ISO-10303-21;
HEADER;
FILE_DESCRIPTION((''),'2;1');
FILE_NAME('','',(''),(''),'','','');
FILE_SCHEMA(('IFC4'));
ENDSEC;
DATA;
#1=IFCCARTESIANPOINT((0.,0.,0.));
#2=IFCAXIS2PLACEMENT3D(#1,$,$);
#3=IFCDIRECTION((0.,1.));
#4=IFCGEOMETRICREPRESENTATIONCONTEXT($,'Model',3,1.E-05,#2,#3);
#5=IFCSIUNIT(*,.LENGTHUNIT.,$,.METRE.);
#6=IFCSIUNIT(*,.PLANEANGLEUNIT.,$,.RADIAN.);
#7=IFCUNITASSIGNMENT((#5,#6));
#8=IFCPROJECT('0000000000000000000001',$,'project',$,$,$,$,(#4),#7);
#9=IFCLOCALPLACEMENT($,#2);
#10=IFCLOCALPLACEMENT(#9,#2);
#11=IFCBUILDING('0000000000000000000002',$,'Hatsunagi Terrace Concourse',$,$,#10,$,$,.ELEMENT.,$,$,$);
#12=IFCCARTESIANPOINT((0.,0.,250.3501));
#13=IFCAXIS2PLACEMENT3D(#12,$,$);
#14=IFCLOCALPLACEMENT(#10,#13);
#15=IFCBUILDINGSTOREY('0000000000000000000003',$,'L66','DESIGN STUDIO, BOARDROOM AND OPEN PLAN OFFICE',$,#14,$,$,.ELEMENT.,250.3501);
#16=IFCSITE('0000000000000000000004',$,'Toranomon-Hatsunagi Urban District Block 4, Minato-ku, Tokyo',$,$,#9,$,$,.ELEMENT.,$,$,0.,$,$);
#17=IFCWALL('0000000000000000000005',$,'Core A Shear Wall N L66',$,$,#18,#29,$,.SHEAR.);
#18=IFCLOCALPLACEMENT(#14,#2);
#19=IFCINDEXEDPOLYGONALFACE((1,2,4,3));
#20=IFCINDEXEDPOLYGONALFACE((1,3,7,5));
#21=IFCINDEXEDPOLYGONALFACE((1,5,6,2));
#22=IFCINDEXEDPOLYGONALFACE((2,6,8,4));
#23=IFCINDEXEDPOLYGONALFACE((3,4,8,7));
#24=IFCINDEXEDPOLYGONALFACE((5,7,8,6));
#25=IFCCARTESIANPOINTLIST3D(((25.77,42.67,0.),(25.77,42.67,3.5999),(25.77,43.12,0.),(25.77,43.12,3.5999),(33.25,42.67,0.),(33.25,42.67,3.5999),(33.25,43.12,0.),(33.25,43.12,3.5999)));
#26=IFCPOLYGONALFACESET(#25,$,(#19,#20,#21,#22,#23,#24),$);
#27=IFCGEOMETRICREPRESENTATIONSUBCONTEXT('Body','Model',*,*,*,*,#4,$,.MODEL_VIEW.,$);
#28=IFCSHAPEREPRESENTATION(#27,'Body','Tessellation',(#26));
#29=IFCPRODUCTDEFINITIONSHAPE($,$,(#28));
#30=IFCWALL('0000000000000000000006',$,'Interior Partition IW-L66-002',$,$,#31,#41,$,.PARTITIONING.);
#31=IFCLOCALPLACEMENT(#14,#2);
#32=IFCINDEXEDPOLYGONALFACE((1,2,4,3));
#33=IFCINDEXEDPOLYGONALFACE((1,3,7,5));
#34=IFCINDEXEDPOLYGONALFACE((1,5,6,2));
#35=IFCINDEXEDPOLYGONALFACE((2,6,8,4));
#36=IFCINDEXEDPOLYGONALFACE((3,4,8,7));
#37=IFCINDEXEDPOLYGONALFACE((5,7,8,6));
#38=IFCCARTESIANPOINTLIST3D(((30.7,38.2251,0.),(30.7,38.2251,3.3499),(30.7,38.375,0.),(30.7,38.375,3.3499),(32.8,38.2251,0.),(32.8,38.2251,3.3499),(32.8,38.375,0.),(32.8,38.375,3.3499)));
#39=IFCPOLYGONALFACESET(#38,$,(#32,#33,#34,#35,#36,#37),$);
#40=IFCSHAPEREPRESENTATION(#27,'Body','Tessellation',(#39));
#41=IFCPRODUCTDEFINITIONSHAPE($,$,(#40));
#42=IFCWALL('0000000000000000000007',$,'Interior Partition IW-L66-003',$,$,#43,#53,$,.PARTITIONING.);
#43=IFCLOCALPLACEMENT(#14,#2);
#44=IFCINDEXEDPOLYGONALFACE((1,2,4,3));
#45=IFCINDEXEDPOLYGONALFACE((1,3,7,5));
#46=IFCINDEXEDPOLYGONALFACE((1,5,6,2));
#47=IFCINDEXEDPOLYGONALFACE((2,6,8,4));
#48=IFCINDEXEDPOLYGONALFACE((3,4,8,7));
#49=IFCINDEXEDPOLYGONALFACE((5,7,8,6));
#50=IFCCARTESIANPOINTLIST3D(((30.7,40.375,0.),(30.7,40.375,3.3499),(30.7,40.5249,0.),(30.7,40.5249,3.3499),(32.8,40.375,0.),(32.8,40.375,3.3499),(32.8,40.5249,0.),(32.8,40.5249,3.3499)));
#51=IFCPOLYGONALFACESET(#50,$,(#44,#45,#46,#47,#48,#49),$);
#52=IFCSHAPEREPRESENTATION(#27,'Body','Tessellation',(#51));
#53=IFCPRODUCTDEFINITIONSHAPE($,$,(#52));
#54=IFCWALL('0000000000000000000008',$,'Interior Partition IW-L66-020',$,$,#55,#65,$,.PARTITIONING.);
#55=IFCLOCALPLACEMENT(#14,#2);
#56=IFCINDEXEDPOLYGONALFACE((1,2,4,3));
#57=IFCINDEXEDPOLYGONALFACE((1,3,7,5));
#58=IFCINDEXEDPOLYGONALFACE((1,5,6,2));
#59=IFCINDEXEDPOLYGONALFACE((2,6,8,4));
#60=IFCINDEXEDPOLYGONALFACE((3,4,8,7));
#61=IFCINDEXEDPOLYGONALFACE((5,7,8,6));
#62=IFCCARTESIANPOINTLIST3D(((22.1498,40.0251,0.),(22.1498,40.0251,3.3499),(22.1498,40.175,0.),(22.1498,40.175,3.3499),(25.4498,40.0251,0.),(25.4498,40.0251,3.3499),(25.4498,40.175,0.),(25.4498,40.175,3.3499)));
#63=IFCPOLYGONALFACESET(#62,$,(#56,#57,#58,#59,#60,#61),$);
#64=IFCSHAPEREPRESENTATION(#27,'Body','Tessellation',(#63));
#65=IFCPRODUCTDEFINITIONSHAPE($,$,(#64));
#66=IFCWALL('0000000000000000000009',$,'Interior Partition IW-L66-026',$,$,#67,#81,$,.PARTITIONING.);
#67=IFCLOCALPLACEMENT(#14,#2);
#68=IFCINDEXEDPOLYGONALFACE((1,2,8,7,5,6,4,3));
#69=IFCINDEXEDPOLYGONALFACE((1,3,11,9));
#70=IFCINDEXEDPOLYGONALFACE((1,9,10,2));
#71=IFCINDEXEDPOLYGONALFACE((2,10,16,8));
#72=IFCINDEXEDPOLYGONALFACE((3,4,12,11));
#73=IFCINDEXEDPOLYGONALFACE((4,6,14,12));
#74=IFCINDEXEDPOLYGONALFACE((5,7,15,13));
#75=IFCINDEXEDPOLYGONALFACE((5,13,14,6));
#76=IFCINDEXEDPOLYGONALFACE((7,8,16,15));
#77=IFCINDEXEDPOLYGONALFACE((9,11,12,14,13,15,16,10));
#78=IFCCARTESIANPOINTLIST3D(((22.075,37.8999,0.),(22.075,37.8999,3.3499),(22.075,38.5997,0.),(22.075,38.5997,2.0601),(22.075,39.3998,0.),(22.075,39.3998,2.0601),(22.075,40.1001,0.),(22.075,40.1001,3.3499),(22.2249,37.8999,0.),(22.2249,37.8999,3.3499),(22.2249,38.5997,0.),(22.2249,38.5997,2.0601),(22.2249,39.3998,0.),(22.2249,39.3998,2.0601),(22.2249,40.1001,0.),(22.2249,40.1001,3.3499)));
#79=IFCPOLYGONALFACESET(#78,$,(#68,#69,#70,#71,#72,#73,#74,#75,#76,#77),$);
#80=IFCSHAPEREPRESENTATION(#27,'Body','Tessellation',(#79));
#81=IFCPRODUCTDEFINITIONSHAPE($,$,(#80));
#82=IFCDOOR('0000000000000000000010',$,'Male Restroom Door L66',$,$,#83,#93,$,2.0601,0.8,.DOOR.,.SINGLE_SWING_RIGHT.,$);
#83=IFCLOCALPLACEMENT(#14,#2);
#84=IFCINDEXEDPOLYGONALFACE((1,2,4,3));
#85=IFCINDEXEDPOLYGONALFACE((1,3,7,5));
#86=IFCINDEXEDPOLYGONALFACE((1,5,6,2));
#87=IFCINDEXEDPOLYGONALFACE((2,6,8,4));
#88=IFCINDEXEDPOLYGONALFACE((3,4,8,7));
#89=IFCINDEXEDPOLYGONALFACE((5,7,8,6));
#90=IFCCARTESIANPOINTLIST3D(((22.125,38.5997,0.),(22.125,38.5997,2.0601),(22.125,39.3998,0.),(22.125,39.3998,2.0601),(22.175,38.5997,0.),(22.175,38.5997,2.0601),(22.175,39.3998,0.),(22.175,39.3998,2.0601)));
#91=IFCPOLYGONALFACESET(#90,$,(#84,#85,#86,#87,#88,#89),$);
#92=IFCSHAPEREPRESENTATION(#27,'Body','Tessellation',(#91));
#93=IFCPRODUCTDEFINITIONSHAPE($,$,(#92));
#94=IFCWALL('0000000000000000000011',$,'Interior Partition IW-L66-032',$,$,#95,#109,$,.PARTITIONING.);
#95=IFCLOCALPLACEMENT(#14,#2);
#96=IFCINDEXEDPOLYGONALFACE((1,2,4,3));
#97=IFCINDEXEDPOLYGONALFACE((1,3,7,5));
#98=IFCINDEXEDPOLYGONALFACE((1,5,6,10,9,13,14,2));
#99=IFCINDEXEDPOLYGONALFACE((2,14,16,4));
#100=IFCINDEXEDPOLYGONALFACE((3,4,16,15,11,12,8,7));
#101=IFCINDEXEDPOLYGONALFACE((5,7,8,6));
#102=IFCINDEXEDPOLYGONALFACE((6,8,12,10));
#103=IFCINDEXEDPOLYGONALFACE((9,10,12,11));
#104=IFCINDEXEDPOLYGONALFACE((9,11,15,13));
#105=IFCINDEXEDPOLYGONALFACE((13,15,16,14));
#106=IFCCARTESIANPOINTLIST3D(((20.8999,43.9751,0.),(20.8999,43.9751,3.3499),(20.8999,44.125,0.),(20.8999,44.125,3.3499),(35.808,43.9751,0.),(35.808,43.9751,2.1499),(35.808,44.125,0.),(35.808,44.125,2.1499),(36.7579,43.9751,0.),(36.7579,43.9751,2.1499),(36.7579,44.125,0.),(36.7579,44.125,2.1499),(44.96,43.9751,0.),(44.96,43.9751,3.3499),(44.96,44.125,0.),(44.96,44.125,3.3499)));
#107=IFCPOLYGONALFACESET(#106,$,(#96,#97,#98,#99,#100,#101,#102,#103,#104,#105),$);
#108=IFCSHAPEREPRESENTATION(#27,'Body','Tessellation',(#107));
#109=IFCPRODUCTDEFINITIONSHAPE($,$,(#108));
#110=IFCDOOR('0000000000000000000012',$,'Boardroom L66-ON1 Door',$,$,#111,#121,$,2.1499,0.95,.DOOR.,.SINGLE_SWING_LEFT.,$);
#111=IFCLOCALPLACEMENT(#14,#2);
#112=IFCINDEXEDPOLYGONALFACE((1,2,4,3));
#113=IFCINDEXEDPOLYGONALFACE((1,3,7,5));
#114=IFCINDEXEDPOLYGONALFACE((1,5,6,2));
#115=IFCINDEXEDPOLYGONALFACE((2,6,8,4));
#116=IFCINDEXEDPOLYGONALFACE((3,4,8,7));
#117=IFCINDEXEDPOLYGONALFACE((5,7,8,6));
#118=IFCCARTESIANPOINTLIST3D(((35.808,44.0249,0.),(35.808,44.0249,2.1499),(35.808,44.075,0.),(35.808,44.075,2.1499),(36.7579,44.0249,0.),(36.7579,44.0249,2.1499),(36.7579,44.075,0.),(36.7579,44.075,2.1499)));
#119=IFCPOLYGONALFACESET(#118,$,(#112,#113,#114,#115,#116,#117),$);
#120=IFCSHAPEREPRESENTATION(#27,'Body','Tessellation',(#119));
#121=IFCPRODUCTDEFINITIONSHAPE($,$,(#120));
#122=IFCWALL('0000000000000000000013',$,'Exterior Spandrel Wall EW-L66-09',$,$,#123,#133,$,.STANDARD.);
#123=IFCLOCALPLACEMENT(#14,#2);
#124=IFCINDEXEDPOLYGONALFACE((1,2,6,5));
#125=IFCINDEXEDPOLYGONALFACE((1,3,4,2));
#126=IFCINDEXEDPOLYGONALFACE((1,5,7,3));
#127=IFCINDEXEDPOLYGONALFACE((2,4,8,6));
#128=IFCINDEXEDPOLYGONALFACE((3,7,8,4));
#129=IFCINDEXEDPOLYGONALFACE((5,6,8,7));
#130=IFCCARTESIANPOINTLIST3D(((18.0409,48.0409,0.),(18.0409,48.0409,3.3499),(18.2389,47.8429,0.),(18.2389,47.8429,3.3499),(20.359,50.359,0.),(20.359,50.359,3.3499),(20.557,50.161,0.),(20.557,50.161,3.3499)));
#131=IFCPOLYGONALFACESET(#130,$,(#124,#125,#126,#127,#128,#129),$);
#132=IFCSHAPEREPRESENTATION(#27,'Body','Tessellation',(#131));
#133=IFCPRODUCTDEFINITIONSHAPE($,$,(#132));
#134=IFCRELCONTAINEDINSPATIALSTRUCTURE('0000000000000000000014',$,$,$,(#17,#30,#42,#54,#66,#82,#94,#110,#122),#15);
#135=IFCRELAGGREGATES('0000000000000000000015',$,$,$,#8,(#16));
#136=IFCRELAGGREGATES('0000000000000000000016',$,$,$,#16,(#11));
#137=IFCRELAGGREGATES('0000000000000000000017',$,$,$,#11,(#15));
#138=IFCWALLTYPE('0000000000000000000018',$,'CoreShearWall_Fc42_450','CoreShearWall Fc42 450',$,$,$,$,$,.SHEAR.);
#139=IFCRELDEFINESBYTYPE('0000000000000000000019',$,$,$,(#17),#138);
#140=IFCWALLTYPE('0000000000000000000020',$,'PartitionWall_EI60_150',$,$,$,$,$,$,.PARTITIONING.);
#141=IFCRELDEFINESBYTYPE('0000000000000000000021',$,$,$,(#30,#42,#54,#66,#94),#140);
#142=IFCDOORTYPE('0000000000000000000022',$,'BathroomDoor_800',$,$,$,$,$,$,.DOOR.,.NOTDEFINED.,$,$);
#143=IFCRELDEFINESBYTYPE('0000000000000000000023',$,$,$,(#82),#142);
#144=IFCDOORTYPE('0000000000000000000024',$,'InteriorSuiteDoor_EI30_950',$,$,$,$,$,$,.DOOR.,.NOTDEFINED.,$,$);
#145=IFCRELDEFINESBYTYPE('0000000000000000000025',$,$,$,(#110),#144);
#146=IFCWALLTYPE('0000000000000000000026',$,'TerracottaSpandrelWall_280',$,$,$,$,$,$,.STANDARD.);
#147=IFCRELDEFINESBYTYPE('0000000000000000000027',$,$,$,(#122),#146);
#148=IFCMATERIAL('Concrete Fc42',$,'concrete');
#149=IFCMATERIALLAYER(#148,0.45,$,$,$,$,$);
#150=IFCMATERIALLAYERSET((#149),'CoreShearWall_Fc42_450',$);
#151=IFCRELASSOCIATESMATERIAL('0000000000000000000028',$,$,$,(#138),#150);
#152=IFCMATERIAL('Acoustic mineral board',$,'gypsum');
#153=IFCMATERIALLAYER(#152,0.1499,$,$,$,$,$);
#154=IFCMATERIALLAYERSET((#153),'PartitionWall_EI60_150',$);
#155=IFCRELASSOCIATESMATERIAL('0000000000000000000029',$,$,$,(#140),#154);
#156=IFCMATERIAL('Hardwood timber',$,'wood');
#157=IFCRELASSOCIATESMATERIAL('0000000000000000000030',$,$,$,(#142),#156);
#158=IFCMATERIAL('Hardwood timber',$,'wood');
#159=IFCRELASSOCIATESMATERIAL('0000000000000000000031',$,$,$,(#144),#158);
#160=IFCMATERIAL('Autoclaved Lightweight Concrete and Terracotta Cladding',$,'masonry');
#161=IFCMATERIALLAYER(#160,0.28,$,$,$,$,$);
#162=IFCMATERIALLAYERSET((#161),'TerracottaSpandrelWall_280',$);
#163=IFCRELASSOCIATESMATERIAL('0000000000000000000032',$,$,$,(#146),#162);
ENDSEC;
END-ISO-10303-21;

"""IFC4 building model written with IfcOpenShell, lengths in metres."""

from ifc_helpers import new_model, si_unit, direction, frame, frame_2d, origin, place, context, subcontext, project, spatial, rectangle, extrude, material, layer, layer_set, type_object, element, fill, save


model = new_model("IFC4")

# Units and contexts
model_context = context("Model", 3, precision=1e-05, world=origin(), true_north=direction((0.0, 1.0)))
body_context = subcontext(model_context, "Body", "Model", "MODEL_VIEW")
ifc_project = project(units=[si_unit("LENGTHUNIT", "METRE"), si_unit("PLANEANGLEUNIT", "RADIAN")], contexts=[model_context])

# Site, building, storey
site_placement = place(None, origin())
site = spatial("IfcSite", under=ifc_project, at=site_placement, Name="Toranomon-Hatsunagi Urban District Block 4, Minato-ku, Tokyo", CompositionType="ELEMENT", RefElevation=0.0)
building_placement = place(site_placement, origin())
building = spatial("IfcBuilding", under=site, at=building_placement, Name="Hatsunagi Terrace Concourse", CompositionType="ELEMENT")
storey_placement = place(building_placement, frame((0.0, 0.0, 250.3501)))
storey = spatial("IfcBuildingStorey", under=building, at=storey_placement, Name="L66", Description="DESIGN STUDIO, BOARDROOM AND OPEN PLAN OFFICE", CompositionType="ELEMENT", Elevation=250.3501)

# Walls
ifc_material_1 = material(Name="Concrete Fc42", Category="concrete")
ifc_layer_1 = layer(ifc_material_1, 0.45)
ifc_layer_set_1 = layer_set([ifc_layer_1], Name="CoreShearWall_Fc42_450")
wall_type_1 = type_object("IfcWallType", Name="CoreShearWall_Fc42_450", Description="CoreShearWall Fc42 450", PredefinedType="SHEAR", material=ifc_layer_set_1)
wall_1_placement = place(storey_placement, frame((25.77, 42.895, 0.0), z_axis=(0.0, 0.0, 1.0), x_axis=(1.0, 0.0, 0.0)))
element("IfcWall", 1, at=wall_1_placement, inside=storey, type_object=wall_type_1, Name="Core A Shear Wall N L66", PredefinedType="SHEAR", context=body_context, shape_type="SweptSolid", body=[
    extrude(rectangle(XDim=7.48, YDim=0.45, at=frame_2d((3.74, 0.0))), origin(), (0.0, 0.0, 1.0), 3.5999),
])
ifc_material_2 = material(Name="Acoustic mineral board", Category="gypsum")
ifc_layer_2 = layer(ifc_material_2, 0.1499)
ifc_layer_set_2 = layer_set([ifc_layer_2], Name="PartitionWall_EI60_150")
wall_type_2 = type_object("IfcWallType", Name="PartitionWall_EI60_150", PredefinedType="PARTITIONING", material=ifc_layer_set_2)
for number, where, z_axis, x_axis, name in (
    (2, (30.7, 38.3, 0.0), (0.0, 0.0, 1.0), (1.0, 0.0, 0.0), "Interior Partition IW-L66-002"),
    (3, (30.7, 40.45, 0.0), (0.0, 0.0, 1.0), (1.0, 0.0, 0.0), "Interior Partition IW-L66-003"),
):
    element("IfcWall", number, at=place(storey_placement, frame(where, z_axis=z_axis, x_axis=x_axis)), inside=storey, type_object=wall_type_2, Name=name, PredefinedType="PARTITIONING", context=body_context, shape_type="SweptSolid", body=[
        extrude(rectangle(XDim=2.1001, YDim=0.1499, at=frame_2d((1.05, 0.0))), origin(), (0.0, 0.0, 1.0), 3.3499),
    ])
wall_2_placement = place(storey_placement, frame((22.1499, 40.1001, 0.0), z_axis=(0.0, 0.0, 1.0), x_axis=(1.0, 0.0, 0.0)))
element("IfcWall", 4, at=wall_2_placement, inside=storey, type_object=wall_type_2, Name="Interior Partition IW-L66-020", PredefinedType="PARTITIONING", context=body_context, shape_type="SweptSolid", body=[
    extrude(rectangle(XDim=3.3, YDim=0.1499, at=frame_2d((1.6499, 0.0))), origin(), (0.0, 0.0, 1.0), 3.3499),
])

# Walls, openings, doors
wall_3_placement = place(storey_placement, frame((22.1499, 37.8999, 0.0), z_axis=(0.0, 0.0, 1.0), x_axis=(0.0, 1.0, 0.0)))
wall_3 = element("IfcWall", 5, at=wall_3_placement, inside=storey, type_object=wall_type_2, Name="Interior Partition IW-L66-026", PredefinedType="PARTITIONING", context=body_context, shape_type="SweptSolid", body=[
    extrude(rectangle(XDim=2.2002, YDim=0.1499, at=frame_2d((1.1001, 0.0))), origin(), (0.0, 0.0, 1.0), 3.3499),
])
opening_1_placement = place(wall_3_placement, frame((0.7, 0.0, 0.0)))
opening_1 = element("IfcOpeningElement", 6, at=opening_1_placement, cuts=wall_3, PredefinedType="OPENING", context=body_context, shape_type="SweptSolid", body=[
    extrude(rectangle(XDim=0.8, YDim=2.0601, at=frame_2d((0.3999, 1.03))), frame((0.0, 0.085, 0.0), z_axis=(0.0, -1.0, 0.0), x_axis=(1.0, 0.0, 0.0)), (0.0, 0.0, 1.0), 0.1699),
])
ifc_material_3 = material(Name="Hardwood timber", Category="wood")
door_type_1 = type_object("IfcDoorType", Name="BathroomDoor_800", OperationType="NOTDEFINED", PredefinedType="DOOR", material=ifc_material_3)
door_1_placement = place(opening_1_placement, origin())
door_1 = element("IfcDoor", 7, at=door_1_placement, inside=storey, type_object=door_type_1, Name="Male Restroom Door L66", OperationType="SINGLE_SWING_RIGHT", OverallHeight=2.0601, OverallWidth=0.8, PredefinedType="DOOR", context=body_context, shape_type="SweptSolid", body=[
    extrude(rectangle(XDim=0.8, YDim=2.0601, at=frame_2d((0.3999, 1.03))), frame((0.0, 0.0249, 0.0), z_axis=(0.0, -1.0, 0.0), x_axis=(1.0, 0.0, 0.0)), (0.0, 0.0, 1.0), 0.05),
])
fill(opening_1, door_1)
wall_4_placement = place(storey_placement, frame((20.8999, 44.05, 0.0), z_axis=(0.0, 0.0, 1.0), x_axis=(1.0, 0.0, 0.0)))
wall_4 = element("IfcWall", 8, at=wall_4_placement, inside=storey, type_object=wall_type_2, Name="Interior Partition IW-L66-032", PredefinedType="PARTITIONING", context=body_context, shape_type="SweptSolid", body=[
    extrude(rectangle(XDim=24.0601, YDim=0.1499, at=frame_2d((12.03, 0.0))), origin(), (0.0, 0.0, 1.0), 3.3499),
])
opening_2_placement = place(wall_4_placement, frame((14.908, 0.0, 0.0)))
opening_2 = element("IfcOpeningElement", 9, at=opening_2_placement, cuts=wall_4, PredefinedType="OPENING", context=body_context, shape_type="SweptSolid", body=[
    extrude(rectangle(XDim=0.95, YDim=2.1499, at=frame_2d((0.4751, 1.075))), frame((0.0, 0.085, 0.0), z_axis=(0.0, -1.0, 0.0), x_axis=(1.0, 0.0, 0.0)), (0.0, 0.0, 1.0), 0.1699),
])
ifc_material_4 = material(Name="Hardwood timber", Category="wood")
door_type_2 = type_object("IfcDoorType", Name="InteriorSuiteDoor_EI30_950", OperationType="NOTDEFINED", PredefinedType="DOOR", material=ifc_material_4)
door_2_placement = place(opening_2_placement, origin())
door_2 = element("IfcDoor", 10, at=door_2_placement, inside=storey, type_object=door_type_2, Name="Boardroom L66-ON1 Door", OperationType="SINGLE_SWING_LEFT", OverallHeight=2.1499, OverallWidth=0.95, PredefinedType="DOOR", context=body_context, shape_type="SweptSolid", body=[
    extrude(rectangle(XDim=0.95, YDim=2.1499, at=frame_2d((0.4751, 1.075))), frame((0.0, 0.0249, 0.0), z_axis=(0.0, -1.0, 0.0), x_axis=(1.0, 0.0, 0.0)), (0.0, 0.0, 1.0), 0.05),
])
fill(opening_2, door_2)

# Wall
ifc_material_5 = material(Name="Autoclaved Lightweight Concrete and Terracotta Cladding", Category="masonry")
ifc_layer_3 = layer(ifc_material_5, 0.28)
ifc_layer_set_3 = layer_set([ifc_layer_3], Name="TerracottaSpandrelWall_280")
wall_type_3 = type_object("IfcWallType", Name="TerracottaSpandrelWall_280", PredefinedType="STANDARD", material=ifc_layer_set_3)
wall_5_placement = place(storey_placement, frame((18.1399, 47.9419, 0.0), z_axis=(0.0, 0.0, 1.0), x_axis=(0.707107, 0.707107, 0.0)))
element("IfcWall", 11, at=wall_5_placement, inside=storey, type_object=wall_type_3, Name="Exterior Spandrel Wall EW-L66-09", PredefinedType="STANDARD", context=body_context, shape_type="SweptSolid", body=[
    extrude(rectangle(XDim=3.2783, YDim=0.28, at=frame_2d((1.6392, 0.0))), origin(), (0.0, 0.0, 1.0), 3.3499),
])

save(model, "model.ifc")
